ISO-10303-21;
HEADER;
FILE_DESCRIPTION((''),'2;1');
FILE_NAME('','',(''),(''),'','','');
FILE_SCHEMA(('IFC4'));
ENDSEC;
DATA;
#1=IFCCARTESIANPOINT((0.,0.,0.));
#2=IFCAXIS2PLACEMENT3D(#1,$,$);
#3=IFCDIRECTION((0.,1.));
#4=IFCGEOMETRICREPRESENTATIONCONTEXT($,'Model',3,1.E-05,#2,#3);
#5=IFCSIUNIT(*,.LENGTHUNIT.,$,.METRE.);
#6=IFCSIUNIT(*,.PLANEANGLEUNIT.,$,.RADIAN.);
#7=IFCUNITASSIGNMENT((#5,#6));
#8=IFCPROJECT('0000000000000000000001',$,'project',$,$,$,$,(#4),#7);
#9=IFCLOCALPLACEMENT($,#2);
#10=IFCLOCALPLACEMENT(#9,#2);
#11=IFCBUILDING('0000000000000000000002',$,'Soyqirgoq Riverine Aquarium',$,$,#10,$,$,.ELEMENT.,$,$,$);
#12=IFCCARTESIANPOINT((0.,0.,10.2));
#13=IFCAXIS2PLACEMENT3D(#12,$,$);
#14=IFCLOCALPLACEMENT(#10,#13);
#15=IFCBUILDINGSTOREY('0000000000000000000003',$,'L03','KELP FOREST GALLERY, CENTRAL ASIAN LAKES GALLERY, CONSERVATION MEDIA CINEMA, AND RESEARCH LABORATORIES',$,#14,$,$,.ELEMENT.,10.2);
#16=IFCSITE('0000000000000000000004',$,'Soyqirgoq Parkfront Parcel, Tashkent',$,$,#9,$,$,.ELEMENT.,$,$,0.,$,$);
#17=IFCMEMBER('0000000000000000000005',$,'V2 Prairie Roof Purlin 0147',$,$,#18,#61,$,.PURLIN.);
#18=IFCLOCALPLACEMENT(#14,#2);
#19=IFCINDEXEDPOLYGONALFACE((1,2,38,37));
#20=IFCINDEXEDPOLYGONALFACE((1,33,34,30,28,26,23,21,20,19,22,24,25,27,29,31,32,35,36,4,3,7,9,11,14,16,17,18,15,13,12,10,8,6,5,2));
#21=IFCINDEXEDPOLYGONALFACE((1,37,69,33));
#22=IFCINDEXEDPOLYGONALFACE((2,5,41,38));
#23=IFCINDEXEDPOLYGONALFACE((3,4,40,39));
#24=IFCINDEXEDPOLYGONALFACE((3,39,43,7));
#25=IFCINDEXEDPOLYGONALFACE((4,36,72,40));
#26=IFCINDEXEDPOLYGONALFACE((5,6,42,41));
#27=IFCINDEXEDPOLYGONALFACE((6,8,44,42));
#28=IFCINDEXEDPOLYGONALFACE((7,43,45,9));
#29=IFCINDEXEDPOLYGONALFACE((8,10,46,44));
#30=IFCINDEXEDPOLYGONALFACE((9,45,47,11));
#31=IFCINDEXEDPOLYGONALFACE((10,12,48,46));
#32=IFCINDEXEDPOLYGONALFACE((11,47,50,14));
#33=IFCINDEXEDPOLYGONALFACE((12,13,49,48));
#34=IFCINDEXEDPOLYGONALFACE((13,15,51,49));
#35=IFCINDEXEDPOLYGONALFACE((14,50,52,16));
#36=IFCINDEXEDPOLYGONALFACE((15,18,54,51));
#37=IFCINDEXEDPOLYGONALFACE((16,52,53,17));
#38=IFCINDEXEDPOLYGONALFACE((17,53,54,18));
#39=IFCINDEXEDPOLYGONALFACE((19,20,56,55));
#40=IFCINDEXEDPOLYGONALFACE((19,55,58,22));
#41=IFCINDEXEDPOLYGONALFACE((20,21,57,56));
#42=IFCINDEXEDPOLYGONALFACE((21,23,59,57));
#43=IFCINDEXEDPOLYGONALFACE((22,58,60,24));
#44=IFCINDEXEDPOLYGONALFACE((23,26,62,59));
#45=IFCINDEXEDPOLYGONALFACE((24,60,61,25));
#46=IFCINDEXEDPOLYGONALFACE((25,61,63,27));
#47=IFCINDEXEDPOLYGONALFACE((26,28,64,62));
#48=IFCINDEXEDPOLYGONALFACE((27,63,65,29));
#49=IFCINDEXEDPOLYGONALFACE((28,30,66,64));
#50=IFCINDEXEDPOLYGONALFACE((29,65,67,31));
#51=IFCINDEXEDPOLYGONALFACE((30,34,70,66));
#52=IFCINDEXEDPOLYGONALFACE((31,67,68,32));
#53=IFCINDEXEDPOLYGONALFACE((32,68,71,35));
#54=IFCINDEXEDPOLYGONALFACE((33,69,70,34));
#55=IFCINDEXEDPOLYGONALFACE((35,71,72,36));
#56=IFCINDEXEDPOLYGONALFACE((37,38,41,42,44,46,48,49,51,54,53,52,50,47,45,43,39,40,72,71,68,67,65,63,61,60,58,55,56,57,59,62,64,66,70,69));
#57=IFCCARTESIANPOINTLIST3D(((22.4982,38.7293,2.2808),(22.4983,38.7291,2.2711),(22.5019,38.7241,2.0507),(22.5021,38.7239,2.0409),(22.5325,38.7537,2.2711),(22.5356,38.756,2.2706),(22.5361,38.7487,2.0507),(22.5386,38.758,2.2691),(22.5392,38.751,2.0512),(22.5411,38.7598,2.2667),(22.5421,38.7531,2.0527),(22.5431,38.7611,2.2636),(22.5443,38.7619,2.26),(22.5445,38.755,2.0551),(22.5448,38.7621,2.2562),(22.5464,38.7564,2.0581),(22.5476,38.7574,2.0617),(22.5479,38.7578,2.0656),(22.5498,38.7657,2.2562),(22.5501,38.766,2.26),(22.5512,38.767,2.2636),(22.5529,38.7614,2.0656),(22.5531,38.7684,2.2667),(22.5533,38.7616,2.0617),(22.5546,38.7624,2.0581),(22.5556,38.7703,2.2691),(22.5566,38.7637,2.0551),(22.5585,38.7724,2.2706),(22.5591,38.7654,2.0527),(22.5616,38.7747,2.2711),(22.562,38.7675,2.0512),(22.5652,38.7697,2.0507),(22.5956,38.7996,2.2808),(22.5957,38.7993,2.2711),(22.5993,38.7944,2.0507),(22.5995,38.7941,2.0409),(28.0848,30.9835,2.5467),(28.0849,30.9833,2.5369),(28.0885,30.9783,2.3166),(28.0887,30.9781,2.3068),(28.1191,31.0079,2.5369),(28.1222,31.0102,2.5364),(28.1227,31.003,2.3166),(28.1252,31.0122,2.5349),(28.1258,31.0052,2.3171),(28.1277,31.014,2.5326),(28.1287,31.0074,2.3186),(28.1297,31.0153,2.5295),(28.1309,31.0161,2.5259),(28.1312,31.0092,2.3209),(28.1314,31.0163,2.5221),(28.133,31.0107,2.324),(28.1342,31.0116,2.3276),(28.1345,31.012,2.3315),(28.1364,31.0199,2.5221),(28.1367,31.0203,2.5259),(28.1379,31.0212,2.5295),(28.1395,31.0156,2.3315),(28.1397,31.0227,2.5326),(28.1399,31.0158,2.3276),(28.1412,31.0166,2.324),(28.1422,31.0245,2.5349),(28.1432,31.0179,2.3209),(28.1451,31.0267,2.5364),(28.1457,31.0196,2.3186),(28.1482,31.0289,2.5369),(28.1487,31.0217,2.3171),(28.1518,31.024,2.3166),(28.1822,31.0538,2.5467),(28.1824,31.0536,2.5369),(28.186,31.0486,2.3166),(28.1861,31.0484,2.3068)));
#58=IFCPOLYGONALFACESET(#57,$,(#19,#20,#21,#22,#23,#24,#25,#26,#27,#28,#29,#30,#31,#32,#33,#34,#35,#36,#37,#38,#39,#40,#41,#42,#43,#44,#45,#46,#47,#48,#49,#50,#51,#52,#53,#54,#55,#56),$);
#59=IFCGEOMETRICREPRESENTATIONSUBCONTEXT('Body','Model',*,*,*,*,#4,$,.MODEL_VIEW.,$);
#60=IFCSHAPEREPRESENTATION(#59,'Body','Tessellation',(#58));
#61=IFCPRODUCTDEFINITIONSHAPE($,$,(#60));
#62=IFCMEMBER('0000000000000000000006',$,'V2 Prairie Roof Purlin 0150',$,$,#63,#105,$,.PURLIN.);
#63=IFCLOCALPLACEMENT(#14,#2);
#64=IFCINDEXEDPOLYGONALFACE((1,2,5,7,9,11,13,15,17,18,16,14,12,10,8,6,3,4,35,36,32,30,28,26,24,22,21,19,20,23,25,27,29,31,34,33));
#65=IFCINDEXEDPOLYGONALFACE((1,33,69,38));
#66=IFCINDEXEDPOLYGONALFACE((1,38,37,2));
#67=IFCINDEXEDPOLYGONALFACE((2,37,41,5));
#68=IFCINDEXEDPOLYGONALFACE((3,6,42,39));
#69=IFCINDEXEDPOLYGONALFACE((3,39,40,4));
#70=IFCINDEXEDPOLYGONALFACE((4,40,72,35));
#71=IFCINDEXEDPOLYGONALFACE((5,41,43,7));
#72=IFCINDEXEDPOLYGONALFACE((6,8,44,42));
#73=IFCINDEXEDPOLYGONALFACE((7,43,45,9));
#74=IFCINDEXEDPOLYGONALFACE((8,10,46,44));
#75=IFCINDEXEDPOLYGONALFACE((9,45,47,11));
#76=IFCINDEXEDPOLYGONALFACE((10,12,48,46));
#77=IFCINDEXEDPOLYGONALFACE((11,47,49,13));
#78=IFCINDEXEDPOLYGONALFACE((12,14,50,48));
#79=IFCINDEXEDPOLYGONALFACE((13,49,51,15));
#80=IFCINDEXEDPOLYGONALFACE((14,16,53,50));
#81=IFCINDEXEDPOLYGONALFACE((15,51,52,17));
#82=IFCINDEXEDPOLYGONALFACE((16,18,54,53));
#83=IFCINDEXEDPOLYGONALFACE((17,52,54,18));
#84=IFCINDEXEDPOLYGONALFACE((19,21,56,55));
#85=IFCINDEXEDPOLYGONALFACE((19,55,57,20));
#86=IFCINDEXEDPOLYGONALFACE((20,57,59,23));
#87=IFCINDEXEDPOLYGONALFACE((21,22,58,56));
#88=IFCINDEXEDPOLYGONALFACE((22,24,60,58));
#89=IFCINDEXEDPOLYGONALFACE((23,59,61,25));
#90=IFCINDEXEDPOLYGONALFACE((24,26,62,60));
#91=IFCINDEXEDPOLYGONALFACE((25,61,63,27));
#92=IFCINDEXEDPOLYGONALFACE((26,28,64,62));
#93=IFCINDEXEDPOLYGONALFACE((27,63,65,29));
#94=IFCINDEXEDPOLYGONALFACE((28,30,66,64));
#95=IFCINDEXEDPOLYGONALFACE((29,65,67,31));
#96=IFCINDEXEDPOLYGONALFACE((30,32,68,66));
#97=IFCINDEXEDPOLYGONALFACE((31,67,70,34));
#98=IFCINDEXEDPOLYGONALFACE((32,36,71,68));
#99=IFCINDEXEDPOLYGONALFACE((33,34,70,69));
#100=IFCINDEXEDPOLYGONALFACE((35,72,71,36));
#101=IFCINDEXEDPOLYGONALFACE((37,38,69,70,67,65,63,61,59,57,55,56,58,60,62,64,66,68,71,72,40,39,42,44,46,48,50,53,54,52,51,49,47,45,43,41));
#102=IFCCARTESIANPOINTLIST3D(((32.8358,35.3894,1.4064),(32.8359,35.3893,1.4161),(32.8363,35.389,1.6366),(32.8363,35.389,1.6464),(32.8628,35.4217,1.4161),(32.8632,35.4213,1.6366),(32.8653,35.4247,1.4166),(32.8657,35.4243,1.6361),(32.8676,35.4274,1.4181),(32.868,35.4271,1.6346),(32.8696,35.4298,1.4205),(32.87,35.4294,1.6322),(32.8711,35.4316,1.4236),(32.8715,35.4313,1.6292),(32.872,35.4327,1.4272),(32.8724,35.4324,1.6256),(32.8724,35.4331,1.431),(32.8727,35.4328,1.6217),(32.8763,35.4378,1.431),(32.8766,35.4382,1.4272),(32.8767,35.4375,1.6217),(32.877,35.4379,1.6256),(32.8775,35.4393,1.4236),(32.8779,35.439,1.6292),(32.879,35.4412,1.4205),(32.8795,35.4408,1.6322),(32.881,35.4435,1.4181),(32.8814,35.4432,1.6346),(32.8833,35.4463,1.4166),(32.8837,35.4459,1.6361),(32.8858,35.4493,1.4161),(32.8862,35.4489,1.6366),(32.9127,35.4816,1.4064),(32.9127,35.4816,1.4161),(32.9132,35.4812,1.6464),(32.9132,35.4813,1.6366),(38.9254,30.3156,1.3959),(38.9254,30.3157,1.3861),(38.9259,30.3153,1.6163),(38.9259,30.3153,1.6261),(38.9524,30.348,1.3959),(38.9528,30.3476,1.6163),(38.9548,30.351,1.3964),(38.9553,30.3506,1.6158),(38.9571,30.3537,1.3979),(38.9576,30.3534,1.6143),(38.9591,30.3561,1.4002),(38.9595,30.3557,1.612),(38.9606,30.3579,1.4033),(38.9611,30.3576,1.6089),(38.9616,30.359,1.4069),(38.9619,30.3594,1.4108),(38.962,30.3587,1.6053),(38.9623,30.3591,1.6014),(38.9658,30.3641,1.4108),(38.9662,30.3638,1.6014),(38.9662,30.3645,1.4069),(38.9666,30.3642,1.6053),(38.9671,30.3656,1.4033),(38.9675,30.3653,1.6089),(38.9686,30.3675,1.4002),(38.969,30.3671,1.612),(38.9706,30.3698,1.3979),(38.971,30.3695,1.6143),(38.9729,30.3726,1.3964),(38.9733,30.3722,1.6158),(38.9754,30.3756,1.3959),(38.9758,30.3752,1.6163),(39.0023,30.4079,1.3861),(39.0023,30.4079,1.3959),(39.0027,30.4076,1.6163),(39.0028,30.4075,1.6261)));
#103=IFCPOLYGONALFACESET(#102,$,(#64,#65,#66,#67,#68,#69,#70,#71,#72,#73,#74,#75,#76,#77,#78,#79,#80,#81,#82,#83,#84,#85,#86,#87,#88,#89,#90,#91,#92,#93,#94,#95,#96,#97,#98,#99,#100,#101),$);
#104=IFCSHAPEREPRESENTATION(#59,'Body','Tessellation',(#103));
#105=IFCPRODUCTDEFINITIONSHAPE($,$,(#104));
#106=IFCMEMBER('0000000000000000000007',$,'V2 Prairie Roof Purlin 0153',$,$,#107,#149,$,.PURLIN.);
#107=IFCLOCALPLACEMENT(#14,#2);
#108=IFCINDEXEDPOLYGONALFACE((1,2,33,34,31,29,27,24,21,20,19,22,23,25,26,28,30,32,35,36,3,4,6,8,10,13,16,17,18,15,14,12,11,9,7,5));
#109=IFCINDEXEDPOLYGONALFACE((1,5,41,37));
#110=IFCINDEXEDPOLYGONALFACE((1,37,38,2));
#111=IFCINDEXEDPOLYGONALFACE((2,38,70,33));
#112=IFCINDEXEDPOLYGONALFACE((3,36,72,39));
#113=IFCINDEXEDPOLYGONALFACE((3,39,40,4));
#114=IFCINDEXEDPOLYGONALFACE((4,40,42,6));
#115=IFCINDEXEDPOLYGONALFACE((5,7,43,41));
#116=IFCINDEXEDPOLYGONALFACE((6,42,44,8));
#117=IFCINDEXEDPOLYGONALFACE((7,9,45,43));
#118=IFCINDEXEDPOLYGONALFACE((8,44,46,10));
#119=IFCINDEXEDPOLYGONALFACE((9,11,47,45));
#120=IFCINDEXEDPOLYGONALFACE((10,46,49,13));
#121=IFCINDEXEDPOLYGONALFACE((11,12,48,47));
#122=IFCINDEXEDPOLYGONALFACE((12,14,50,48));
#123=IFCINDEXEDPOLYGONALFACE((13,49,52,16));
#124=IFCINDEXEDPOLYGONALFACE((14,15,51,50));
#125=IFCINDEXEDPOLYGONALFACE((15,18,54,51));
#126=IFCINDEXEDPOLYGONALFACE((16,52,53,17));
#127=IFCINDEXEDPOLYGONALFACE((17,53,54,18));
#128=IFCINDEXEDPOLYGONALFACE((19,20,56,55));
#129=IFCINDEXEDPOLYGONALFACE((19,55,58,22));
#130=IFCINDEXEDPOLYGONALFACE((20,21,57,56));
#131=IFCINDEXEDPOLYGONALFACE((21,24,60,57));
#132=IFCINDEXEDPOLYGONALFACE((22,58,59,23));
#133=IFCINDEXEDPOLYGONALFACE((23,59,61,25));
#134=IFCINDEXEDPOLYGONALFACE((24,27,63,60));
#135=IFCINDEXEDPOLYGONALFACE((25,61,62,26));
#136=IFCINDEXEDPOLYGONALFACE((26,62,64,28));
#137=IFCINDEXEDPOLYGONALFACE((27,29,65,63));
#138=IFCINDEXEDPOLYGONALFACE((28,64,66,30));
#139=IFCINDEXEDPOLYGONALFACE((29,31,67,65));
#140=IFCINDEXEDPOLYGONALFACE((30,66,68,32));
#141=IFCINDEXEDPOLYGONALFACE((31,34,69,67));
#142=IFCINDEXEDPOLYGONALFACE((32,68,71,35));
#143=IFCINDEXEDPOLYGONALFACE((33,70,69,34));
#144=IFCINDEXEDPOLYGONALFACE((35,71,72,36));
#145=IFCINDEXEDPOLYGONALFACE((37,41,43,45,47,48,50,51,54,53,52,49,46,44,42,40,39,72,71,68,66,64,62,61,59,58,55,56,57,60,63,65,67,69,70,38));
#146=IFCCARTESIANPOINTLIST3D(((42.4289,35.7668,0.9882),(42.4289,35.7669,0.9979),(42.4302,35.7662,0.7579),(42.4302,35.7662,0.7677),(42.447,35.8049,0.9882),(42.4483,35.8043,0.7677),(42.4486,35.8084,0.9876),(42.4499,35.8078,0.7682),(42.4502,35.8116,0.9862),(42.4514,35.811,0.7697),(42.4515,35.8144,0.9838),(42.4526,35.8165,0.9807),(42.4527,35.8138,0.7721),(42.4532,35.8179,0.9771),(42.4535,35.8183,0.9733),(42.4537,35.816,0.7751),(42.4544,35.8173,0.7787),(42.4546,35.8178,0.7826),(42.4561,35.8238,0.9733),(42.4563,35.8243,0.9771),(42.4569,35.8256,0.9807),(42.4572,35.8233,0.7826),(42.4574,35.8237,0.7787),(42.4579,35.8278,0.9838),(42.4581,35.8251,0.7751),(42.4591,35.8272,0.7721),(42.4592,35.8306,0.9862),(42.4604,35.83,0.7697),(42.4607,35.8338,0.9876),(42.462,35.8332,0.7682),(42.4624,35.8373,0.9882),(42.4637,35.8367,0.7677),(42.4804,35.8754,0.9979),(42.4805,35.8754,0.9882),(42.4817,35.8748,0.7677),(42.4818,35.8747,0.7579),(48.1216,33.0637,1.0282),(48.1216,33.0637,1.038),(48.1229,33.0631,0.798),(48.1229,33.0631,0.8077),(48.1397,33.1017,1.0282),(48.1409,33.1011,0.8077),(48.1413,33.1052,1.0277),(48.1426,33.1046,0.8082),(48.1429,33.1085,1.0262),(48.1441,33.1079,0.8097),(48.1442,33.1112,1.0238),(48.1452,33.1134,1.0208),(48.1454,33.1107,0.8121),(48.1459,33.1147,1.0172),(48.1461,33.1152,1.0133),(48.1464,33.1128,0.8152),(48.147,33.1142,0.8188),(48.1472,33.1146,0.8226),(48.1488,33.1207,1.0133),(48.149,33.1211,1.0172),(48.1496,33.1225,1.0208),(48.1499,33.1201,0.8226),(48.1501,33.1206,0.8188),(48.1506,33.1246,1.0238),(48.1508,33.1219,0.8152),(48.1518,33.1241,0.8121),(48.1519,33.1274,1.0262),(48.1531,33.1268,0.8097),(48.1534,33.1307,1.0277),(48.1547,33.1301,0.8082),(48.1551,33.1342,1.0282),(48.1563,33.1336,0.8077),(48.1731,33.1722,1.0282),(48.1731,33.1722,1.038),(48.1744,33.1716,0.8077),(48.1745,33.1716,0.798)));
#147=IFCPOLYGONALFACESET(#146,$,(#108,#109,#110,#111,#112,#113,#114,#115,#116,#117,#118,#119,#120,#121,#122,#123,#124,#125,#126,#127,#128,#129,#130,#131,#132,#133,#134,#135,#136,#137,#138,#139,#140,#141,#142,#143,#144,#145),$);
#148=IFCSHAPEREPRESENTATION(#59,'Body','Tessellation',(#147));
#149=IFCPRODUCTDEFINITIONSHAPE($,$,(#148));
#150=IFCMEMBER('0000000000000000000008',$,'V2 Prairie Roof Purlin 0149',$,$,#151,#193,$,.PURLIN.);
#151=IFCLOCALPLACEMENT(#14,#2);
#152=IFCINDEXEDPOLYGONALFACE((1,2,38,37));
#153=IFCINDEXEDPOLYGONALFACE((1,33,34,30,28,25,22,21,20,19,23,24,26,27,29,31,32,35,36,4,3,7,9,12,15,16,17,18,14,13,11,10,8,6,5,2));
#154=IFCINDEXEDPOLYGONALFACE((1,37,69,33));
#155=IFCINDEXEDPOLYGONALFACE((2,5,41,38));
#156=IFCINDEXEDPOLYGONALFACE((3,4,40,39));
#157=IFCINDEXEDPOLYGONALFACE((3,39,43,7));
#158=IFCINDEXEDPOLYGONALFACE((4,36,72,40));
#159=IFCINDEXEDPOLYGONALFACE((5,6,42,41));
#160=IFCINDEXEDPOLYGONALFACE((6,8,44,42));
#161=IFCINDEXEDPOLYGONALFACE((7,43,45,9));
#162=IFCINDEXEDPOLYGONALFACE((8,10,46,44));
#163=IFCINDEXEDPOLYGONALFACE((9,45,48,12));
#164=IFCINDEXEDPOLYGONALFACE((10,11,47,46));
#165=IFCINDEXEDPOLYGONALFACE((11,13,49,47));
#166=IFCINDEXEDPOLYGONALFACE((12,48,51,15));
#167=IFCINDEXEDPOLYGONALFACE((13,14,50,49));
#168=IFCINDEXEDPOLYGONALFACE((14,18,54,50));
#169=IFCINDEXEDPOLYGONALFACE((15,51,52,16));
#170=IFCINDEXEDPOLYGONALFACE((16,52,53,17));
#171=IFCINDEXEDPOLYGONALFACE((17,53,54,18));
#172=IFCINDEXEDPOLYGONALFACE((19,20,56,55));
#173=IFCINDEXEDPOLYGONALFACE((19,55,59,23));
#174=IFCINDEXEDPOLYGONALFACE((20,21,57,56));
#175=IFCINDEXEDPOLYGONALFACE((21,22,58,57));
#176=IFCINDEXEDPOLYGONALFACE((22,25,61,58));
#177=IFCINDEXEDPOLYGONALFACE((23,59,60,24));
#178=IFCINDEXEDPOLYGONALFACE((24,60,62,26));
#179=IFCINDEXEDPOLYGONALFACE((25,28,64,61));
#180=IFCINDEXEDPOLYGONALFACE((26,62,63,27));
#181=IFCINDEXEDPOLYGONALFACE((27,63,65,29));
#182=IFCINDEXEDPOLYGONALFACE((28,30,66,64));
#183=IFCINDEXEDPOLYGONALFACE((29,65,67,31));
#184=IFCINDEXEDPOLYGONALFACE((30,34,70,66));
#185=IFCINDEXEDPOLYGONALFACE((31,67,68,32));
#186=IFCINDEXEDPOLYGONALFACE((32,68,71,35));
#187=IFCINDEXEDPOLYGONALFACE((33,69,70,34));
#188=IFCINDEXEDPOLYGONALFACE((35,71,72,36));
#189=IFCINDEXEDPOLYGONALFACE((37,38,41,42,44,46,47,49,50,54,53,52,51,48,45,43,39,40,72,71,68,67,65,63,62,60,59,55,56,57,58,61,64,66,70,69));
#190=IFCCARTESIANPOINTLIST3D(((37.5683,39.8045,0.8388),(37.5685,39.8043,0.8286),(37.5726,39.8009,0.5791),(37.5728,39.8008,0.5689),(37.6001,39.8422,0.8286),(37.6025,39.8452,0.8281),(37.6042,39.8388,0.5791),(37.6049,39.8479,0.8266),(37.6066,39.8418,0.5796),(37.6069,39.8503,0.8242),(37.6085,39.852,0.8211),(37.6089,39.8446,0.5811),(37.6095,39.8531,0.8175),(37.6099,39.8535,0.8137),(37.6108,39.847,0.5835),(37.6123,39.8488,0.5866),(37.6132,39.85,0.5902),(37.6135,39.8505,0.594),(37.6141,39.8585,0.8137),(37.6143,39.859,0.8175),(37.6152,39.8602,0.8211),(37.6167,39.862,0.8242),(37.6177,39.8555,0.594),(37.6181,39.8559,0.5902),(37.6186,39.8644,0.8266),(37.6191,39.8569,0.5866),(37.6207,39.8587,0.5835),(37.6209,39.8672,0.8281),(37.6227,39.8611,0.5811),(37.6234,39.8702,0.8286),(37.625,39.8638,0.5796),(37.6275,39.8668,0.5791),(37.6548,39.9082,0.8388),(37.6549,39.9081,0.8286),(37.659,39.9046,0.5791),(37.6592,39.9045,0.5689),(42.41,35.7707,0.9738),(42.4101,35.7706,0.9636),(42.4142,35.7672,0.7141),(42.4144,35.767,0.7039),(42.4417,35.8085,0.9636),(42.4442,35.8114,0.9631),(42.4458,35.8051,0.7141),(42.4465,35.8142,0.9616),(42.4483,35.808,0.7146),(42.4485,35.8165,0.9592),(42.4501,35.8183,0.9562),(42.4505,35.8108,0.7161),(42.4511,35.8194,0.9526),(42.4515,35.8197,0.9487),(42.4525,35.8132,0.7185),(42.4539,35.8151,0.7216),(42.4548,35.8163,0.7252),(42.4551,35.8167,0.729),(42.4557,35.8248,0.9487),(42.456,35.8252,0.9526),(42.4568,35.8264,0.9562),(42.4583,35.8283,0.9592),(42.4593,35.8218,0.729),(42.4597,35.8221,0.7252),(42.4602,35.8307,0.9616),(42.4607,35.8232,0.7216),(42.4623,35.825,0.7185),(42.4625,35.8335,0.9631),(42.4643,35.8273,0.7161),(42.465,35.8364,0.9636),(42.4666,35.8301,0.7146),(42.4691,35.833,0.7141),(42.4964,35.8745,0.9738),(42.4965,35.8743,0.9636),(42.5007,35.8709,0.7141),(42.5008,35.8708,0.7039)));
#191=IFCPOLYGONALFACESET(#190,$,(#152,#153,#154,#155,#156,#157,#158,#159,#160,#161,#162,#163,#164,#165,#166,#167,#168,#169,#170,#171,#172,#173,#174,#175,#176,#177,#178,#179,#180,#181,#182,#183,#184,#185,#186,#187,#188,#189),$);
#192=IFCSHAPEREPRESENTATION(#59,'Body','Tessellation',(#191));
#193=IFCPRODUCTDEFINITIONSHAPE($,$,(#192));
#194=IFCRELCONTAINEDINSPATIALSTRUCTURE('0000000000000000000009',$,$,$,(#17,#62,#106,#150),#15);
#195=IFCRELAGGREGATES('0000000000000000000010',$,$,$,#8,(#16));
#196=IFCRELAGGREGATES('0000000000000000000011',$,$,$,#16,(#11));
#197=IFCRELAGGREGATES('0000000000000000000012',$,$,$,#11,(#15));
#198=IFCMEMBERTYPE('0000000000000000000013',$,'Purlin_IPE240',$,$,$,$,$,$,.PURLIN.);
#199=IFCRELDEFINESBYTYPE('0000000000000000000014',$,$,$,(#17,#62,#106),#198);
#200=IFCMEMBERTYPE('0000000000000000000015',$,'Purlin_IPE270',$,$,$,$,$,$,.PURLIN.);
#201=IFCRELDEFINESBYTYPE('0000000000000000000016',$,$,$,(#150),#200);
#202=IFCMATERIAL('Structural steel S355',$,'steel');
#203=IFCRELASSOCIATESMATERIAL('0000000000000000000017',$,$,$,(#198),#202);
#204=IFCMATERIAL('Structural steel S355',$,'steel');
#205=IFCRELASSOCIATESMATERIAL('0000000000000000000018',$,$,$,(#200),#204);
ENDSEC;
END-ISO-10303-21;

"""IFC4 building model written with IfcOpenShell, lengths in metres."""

from ifc_helpers import new_model, si_unit, direction, frame, origin, origin_2d, place, context, subcontext, project, spatial, i_section, extrude, material, material_profile, profile_set, type_object, element, save


model = new_model("IFC4")

# Units and contexts
model_context = context("Model", 3, precision=1e-05, world=origin(), true_north=direction((0.0, 1.0)))
body_context = subcontext(model_context, "Body", "Model", "MODEL_VIEW")
ifc_project = project(units=[si_unit("LENGTHUNIT", "METRE"), si_unit("PLANEANGLEUNIT", "RADIAN")], contexts=[model_context])

# Site, building, storey
site_placement = place(None, origin())
site = spatial("IfcSite", under=ifc_project, at=site_placement, Name="Soyqirgoq Parkfront Parcel, Tashkent", CompositionType="ELEMENT", RefElevation=0.0)
building_placement = place(site_placement, origin())
building = spatial("IfcBuilding", under=site, at=building_placement, Name="Soyqirgoq Riverine Aquarium", CompositionType="ELEMENT")
storey_placement = place(building_placement, frame((0.0, 0.0, 10.2)))
storey = spatial("IfcBuildingStorey", under=building, at=storey_placement, Name="L03", Description="KELP FOREST GALLERY, CENTRAL ASIAN LAKES GALLERY, CONSERVATION MEDIA CINEMA, AND RESEARCH LABORATORIES", CompositionType="ELEMENT", Elevation=10.2)

# Members
ifc_material_1 = material(Name="Structural steel S355", Category="steel")
ifc_material_profile_1 = material_profile(ifc_material_1, i_section(OverallWidth=0.1201, OverallDepth=0.24, WebThickness=0.0061, FlangeThickness=0.0098, FilletRadius=0.0149, at=origin_2d()), Name="IPE 240")
ifc_profile_set_1 = profile_set([ifc_material_profile_1], Name="Structural steel S355")
member_type_1 = type_object("IfcMemberType", Name="Purlin_IPE240", PredefinedType="PURLIN", material=ifc_profile_set_1)
member_1_placement = place(storey_placement, frame((22.5488, 38.7617, 2.1609), z_axis=(0.584744, -0.81074, 0.027828), x_axis=(0.811055, 0.584971, 0.0)))
element("IfcMember", 1, at=member_1_placement, inside=storey, type_object=member_type_1, Name="V2 Prairie Roof Purlin 0147", PredefinedType="PURLIN", context=body_context, shape_type="SweptSolid", body=[
    extrude(i_section(OverallWidth=0.1201, OverallDepth=0.24, WebThickness=0.0061, FlangeThickness=0.0098, FilletRadius=0.0149, at=origin_2d()), origin(), (0.0, 0.0, 1.0), 9.554),
])
member_2_placement = place(storey_placement, frame((32.8745, 35.4353, 1.5264), z_axis=(0.768277, -0.640113, -0.002557), x_axis=(0.640115, 0.768279, 0.0)))
element("IfcMember", 2, at=member_2_placement, inside=storey, type_object=member_type_1, Name="V2 Prairie Roof Purlin 0150", PredefinedType="PURLIN", context=body_context, shape_type="SweptSolid", body=[
    extrude(i_section(OverallWidth=0.1201, OverallDepth=0.24, WebThickness=0.0061, FlangeThickness=0.0098, FilletRadius=0.0149, at=origin_2d()), origin(), (0.0, 0.0, 1.0), 7.9263),
])
member_3_placement = place(storey_placement, frame((42.4553, 35.8208, 0.8779), z_axis=(0.903313, -0.428935, 0.006353), x_axis=(0.428944, 0.903331, 0.0)))
element("IfcMember", 3, at=member_3_placement, inside=storey, type_object=member_type_1, Name="V2 Prairie Roof Purlin 0153", PredefinedType="PURLIN", context=body_context, shape_type="SweptSolid", body=[
    extrude(i_section(OverallWidth=0.1201, OverallDepth=0.24, WebThickness=0.0061, FlangeThickness=0.0098, FilletRadius=0.0149, at=origin_2d()), origin(), (0.0, 0.0, 1.0), 6.302),
])
ifc_material_2 = material(Name="Structural steel S355", Category="steel")
ifc_material_profile_2 = material_profile(ifc_material_2, i_section(OverallWidth=0.135, OverallDepth=0.27, WebThickness=0.0066, FlangeThickness=0.0103, FilletRadius=0.0149, at=origin_2d()), Name="IPE 270")
ifc_profile_set_2 = profile_set([ifc_material_profile_2], Name="Structural steel S355")
member_type_2 = type_object("IfcMemberType", Name="Purlin_IPE270", PredefinedType="PURLIN", material=ifc_profile_set_2)
member_4_placement = place(storey_placement, frame((37.6138, 39.8545, 0.7039), z_axis=(0.768118, -0.63995, 0.021419), x_axis=(0.640097, 0.768294, 0.0)))
element("IfcMember", 4, at=member_4_placement, inside=storey, type_object=member_type_2, Name="V2 Prairie Roof Purlin 0149", PredefinedType="PURLIN", context=body_context, shape_type="SweptSolid", body=[
    extrude(i_section(OverallWidth=0.135, OverallDepth=0.27, WebThickness=0.0066, FlangeThickness=0.0103, FilletRadius=0.0149, at=origin_2d()), origin(), (0.0, 0.0, 1.0), 6.3032),
])

save(model, "model.ifc")
